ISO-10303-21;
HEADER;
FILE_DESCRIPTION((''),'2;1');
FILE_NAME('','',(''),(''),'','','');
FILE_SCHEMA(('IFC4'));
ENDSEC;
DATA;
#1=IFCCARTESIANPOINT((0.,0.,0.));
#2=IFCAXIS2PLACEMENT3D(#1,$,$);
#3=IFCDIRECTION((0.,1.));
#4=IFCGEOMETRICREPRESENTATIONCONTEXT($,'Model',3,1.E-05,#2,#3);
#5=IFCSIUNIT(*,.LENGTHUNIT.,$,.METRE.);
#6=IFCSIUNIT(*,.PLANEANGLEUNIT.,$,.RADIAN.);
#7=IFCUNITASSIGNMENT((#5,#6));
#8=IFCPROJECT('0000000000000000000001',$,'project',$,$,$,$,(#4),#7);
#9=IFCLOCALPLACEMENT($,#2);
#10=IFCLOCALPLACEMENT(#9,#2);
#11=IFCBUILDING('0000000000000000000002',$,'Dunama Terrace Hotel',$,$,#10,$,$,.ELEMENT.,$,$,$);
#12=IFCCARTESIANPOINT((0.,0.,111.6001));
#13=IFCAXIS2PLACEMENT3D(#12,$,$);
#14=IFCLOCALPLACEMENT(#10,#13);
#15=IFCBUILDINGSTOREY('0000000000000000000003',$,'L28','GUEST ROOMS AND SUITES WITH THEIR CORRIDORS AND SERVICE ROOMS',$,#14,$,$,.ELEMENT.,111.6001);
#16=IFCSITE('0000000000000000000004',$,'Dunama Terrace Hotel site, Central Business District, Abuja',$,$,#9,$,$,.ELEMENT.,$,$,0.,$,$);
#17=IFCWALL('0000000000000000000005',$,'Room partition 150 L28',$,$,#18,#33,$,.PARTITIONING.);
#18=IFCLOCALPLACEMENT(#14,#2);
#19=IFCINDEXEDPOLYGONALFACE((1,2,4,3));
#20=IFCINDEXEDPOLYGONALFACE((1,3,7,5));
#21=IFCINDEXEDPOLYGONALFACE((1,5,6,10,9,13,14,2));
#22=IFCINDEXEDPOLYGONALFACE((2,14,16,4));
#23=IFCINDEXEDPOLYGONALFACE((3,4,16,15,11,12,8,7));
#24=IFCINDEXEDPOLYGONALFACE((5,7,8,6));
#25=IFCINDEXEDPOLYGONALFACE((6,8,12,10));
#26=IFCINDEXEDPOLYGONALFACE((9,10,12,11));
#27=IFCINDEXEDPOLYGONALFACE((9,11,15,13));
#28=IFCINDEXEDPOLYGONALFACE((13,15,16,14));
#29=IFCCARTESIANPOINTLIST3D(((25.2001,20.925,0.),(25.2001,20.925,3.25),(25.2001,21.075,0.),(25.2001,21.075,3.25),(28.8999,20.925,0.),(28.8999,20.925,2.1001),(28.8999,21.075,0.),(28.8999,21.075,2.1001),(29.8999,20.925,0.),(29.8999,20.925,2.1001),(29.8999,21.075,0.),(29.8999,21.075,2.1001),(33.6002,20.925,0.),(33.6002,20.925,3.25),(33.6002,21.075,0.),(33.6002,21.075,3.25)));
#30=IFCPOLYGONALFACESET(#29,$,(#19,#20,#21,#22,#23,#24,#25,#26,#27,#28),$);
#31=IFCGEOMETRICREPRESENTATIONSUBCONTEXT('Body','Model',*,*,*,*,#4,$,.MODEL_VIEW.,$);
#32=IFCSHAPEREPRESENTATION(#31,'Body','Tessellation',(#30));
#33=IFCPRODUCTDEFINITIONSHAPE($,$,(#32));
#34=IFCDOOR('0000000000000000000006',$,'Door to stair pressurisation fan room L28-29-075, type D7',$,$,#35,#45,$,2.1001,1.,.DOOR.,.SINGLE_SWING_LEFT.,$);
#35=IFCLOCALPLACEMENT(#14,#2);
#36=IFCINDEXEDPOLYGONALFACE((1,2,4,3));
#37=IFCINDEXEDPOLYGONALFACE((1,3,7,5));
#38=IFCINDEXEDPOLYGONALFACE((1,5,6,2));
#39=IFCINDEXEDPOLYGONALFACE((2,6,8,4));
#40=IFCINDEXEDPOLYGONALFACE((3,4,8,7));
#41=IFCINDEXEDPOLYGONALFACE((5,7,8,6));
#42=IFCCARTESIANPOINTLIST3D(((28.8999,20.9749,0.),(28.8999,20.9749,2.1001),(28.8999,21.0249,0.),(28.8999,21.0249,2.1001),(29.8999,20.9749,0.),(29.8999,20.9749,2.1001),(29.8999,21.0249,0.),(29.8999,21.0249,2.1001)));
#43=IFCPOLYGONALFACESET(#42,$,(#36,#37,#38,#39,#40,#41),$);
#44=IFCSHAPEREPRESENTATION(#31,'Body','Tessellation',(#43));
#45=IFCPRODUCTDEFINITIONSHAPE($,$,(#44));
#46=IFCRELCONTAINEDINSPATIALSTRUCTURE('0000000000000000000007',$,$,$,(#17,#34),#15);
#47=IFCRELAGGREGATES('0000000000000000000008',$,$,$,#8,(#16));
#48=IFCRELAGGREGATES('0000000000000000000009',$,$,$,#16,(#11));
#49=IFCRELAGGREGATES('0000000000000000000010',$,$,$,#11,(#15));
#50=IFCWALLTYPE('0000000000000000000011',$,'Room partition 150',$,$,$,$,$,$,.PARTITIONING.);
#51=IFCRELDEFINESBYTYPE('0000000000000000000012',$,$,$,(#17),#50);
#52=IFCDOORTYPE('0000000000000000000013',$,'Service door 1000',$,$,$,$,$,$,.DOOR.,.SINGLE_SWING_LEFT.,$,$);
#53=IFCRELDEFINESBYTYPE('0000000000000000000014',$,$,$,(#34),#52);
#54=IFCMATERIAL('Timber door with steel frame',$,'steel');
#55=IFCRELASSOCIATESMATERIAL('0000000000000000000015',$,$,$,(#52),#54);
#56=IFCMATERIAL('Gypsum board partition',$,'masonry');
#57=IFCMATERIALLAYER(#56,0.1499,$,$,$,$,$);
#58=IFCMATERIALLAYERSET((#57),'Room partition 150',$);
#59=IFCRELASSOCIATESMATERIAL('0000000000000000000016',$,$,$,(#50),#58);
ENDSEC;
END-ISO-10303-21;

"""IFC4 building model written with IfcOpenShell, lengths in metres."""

from ifc_helpers import new_model, si_unit, direction, frame, frame_2d, origin, place, context, subcontext, project, spatial, rectangle, extrude, material, layer, layer_set, type_object, element, fill, save


model = new_model("IFC4")

# Units and contexts
model_context = context("Model", 3, precision=1e-05, world=origin(), true_north=direction((0.0, 1.0)))
body_context = subcontext(model_context, "Body", "Model", "MODEL_VIEW")
ifc_project = project(units=[si_unit("LENGTHUNIT", "METRE"), si_unit("PLANEANGLEUNIT", "RADIAN")], contexts=[model_context])

# Site, building, storey
site_placement = place(None, origin())
site = spatial("IfcSite", under=ifc_project, at=site_placement, Name="Dunama Terrace Hotel site, Central Business District, Abuja", CompositionType="ELEMENT", RefElevation=0.0)
building_placement = place(site_placement, origin())
building = spatial("IfcBuilding", under=site, at=building_placement, Name="Dunama Terrace Hotel", CompositionType="ELEMENT")
storey_placement = place(building_placement, frame((0.0, 0.0, 111.6001)))
storey = spatial("IfcBuildingStorey", under=building, at=storey_placement, Name="L28", Description="GUEST ROOMS AND SUITES WITH THEIR CORRIDORS AND SERVICE ROOMS", CompositionType="ELEMENT", Elevation=111.6001)

# Shared definitions
ifc_material_1 = material(Name="Timber door with steel frame", Category="steel")
door_type_1 = type_object("IfcDoorType", Name="Service door 1000", OperationType="SINGLE_SWING_LEFT", PredefinedType="DOOR", material=ifc_material_1)

# Wall, opening, door
ifc_material_2 = material(Name="Gypsum board partition", Category="masonry")
ifc_layer_1 = layer(ifc_material_2, 0.1499)
ifc_layer_set_1 = layer_set([ifc_layer_1], Name="Room partition 150")
wall_type_1 = type_object("IfcWallType", Name="Room partition 150", PredefinedType="PARTITIONING", material=ifc_layer_set_1)
wall_1_placement = place(storey_placement, frame((25.2, 21.0, 0.0), z_axis=(0.0, 0.0, 1.0), x_axis=(1.0, 0.0, 0.0)))
wall_1 = element("IfcWall", 1, at=wall_1_placement, inside=storey, type_object=wall_type_1, Name="Room partition 150 L28", PredefinedType="PARTITIONING", context=body_context, shape_type="SweptSolid", body=[
    extrude(rectangle(XDim=8.4001, YDim=0.1499, at=frame_2d((4.2002, 0.0))), origin(), (0.0, 0.0, 1.0), 3.25),
])
opening_1_placement = place(wall_1_placement, frame((3.7, 0.0, 0.0)))
opening_1 = element("IfcOpeningElement", 2, at=opening_1_placement, cuts=wall_1, PredefinedType="OPENING", context=body_context, shape_type="SweptSolid", body=[
    extrude(rectangle(XDim=1.0, YDim=2.1001, at=frame_2d((0.5, 1.05))), frame((0.0, 0.085, 0.0), z_axis=(0.0, -1.0, 0.0), x_axis=(1.0, 0.0, 0.0)), (0.0, 0.0, 1.0), 0.1699),
])
door_1_placement = place(opening_1_placement, origin())
door_1 = element("IfcDoor", 3, at=door_1_placement, inside=storey, type_object=door_type_1, Name="Door to stair pressurisation fan room L28-29-075, type D7", OperationType="SINGLE_SWING_LEFT", OverallHeight=2.1001, OverallWidth=1.0, PredefinedType="DOOR", context=body_context, shape_type="SweptSolid", body=[
    extrude(rectangle(XDim=1.0, YDim=2.1001, at=frame_2d((0.5, 1.05))), frame((0.0, 0.0249, 0.0), z_axis=(0.0, -1.0, 0.0), x_axis=(1.0, 0.0, 0.0)), (0.0, 0.0, 1.0), 0.05),
])
fill(opening_1, door_1)

save(model, "model.ifc")
